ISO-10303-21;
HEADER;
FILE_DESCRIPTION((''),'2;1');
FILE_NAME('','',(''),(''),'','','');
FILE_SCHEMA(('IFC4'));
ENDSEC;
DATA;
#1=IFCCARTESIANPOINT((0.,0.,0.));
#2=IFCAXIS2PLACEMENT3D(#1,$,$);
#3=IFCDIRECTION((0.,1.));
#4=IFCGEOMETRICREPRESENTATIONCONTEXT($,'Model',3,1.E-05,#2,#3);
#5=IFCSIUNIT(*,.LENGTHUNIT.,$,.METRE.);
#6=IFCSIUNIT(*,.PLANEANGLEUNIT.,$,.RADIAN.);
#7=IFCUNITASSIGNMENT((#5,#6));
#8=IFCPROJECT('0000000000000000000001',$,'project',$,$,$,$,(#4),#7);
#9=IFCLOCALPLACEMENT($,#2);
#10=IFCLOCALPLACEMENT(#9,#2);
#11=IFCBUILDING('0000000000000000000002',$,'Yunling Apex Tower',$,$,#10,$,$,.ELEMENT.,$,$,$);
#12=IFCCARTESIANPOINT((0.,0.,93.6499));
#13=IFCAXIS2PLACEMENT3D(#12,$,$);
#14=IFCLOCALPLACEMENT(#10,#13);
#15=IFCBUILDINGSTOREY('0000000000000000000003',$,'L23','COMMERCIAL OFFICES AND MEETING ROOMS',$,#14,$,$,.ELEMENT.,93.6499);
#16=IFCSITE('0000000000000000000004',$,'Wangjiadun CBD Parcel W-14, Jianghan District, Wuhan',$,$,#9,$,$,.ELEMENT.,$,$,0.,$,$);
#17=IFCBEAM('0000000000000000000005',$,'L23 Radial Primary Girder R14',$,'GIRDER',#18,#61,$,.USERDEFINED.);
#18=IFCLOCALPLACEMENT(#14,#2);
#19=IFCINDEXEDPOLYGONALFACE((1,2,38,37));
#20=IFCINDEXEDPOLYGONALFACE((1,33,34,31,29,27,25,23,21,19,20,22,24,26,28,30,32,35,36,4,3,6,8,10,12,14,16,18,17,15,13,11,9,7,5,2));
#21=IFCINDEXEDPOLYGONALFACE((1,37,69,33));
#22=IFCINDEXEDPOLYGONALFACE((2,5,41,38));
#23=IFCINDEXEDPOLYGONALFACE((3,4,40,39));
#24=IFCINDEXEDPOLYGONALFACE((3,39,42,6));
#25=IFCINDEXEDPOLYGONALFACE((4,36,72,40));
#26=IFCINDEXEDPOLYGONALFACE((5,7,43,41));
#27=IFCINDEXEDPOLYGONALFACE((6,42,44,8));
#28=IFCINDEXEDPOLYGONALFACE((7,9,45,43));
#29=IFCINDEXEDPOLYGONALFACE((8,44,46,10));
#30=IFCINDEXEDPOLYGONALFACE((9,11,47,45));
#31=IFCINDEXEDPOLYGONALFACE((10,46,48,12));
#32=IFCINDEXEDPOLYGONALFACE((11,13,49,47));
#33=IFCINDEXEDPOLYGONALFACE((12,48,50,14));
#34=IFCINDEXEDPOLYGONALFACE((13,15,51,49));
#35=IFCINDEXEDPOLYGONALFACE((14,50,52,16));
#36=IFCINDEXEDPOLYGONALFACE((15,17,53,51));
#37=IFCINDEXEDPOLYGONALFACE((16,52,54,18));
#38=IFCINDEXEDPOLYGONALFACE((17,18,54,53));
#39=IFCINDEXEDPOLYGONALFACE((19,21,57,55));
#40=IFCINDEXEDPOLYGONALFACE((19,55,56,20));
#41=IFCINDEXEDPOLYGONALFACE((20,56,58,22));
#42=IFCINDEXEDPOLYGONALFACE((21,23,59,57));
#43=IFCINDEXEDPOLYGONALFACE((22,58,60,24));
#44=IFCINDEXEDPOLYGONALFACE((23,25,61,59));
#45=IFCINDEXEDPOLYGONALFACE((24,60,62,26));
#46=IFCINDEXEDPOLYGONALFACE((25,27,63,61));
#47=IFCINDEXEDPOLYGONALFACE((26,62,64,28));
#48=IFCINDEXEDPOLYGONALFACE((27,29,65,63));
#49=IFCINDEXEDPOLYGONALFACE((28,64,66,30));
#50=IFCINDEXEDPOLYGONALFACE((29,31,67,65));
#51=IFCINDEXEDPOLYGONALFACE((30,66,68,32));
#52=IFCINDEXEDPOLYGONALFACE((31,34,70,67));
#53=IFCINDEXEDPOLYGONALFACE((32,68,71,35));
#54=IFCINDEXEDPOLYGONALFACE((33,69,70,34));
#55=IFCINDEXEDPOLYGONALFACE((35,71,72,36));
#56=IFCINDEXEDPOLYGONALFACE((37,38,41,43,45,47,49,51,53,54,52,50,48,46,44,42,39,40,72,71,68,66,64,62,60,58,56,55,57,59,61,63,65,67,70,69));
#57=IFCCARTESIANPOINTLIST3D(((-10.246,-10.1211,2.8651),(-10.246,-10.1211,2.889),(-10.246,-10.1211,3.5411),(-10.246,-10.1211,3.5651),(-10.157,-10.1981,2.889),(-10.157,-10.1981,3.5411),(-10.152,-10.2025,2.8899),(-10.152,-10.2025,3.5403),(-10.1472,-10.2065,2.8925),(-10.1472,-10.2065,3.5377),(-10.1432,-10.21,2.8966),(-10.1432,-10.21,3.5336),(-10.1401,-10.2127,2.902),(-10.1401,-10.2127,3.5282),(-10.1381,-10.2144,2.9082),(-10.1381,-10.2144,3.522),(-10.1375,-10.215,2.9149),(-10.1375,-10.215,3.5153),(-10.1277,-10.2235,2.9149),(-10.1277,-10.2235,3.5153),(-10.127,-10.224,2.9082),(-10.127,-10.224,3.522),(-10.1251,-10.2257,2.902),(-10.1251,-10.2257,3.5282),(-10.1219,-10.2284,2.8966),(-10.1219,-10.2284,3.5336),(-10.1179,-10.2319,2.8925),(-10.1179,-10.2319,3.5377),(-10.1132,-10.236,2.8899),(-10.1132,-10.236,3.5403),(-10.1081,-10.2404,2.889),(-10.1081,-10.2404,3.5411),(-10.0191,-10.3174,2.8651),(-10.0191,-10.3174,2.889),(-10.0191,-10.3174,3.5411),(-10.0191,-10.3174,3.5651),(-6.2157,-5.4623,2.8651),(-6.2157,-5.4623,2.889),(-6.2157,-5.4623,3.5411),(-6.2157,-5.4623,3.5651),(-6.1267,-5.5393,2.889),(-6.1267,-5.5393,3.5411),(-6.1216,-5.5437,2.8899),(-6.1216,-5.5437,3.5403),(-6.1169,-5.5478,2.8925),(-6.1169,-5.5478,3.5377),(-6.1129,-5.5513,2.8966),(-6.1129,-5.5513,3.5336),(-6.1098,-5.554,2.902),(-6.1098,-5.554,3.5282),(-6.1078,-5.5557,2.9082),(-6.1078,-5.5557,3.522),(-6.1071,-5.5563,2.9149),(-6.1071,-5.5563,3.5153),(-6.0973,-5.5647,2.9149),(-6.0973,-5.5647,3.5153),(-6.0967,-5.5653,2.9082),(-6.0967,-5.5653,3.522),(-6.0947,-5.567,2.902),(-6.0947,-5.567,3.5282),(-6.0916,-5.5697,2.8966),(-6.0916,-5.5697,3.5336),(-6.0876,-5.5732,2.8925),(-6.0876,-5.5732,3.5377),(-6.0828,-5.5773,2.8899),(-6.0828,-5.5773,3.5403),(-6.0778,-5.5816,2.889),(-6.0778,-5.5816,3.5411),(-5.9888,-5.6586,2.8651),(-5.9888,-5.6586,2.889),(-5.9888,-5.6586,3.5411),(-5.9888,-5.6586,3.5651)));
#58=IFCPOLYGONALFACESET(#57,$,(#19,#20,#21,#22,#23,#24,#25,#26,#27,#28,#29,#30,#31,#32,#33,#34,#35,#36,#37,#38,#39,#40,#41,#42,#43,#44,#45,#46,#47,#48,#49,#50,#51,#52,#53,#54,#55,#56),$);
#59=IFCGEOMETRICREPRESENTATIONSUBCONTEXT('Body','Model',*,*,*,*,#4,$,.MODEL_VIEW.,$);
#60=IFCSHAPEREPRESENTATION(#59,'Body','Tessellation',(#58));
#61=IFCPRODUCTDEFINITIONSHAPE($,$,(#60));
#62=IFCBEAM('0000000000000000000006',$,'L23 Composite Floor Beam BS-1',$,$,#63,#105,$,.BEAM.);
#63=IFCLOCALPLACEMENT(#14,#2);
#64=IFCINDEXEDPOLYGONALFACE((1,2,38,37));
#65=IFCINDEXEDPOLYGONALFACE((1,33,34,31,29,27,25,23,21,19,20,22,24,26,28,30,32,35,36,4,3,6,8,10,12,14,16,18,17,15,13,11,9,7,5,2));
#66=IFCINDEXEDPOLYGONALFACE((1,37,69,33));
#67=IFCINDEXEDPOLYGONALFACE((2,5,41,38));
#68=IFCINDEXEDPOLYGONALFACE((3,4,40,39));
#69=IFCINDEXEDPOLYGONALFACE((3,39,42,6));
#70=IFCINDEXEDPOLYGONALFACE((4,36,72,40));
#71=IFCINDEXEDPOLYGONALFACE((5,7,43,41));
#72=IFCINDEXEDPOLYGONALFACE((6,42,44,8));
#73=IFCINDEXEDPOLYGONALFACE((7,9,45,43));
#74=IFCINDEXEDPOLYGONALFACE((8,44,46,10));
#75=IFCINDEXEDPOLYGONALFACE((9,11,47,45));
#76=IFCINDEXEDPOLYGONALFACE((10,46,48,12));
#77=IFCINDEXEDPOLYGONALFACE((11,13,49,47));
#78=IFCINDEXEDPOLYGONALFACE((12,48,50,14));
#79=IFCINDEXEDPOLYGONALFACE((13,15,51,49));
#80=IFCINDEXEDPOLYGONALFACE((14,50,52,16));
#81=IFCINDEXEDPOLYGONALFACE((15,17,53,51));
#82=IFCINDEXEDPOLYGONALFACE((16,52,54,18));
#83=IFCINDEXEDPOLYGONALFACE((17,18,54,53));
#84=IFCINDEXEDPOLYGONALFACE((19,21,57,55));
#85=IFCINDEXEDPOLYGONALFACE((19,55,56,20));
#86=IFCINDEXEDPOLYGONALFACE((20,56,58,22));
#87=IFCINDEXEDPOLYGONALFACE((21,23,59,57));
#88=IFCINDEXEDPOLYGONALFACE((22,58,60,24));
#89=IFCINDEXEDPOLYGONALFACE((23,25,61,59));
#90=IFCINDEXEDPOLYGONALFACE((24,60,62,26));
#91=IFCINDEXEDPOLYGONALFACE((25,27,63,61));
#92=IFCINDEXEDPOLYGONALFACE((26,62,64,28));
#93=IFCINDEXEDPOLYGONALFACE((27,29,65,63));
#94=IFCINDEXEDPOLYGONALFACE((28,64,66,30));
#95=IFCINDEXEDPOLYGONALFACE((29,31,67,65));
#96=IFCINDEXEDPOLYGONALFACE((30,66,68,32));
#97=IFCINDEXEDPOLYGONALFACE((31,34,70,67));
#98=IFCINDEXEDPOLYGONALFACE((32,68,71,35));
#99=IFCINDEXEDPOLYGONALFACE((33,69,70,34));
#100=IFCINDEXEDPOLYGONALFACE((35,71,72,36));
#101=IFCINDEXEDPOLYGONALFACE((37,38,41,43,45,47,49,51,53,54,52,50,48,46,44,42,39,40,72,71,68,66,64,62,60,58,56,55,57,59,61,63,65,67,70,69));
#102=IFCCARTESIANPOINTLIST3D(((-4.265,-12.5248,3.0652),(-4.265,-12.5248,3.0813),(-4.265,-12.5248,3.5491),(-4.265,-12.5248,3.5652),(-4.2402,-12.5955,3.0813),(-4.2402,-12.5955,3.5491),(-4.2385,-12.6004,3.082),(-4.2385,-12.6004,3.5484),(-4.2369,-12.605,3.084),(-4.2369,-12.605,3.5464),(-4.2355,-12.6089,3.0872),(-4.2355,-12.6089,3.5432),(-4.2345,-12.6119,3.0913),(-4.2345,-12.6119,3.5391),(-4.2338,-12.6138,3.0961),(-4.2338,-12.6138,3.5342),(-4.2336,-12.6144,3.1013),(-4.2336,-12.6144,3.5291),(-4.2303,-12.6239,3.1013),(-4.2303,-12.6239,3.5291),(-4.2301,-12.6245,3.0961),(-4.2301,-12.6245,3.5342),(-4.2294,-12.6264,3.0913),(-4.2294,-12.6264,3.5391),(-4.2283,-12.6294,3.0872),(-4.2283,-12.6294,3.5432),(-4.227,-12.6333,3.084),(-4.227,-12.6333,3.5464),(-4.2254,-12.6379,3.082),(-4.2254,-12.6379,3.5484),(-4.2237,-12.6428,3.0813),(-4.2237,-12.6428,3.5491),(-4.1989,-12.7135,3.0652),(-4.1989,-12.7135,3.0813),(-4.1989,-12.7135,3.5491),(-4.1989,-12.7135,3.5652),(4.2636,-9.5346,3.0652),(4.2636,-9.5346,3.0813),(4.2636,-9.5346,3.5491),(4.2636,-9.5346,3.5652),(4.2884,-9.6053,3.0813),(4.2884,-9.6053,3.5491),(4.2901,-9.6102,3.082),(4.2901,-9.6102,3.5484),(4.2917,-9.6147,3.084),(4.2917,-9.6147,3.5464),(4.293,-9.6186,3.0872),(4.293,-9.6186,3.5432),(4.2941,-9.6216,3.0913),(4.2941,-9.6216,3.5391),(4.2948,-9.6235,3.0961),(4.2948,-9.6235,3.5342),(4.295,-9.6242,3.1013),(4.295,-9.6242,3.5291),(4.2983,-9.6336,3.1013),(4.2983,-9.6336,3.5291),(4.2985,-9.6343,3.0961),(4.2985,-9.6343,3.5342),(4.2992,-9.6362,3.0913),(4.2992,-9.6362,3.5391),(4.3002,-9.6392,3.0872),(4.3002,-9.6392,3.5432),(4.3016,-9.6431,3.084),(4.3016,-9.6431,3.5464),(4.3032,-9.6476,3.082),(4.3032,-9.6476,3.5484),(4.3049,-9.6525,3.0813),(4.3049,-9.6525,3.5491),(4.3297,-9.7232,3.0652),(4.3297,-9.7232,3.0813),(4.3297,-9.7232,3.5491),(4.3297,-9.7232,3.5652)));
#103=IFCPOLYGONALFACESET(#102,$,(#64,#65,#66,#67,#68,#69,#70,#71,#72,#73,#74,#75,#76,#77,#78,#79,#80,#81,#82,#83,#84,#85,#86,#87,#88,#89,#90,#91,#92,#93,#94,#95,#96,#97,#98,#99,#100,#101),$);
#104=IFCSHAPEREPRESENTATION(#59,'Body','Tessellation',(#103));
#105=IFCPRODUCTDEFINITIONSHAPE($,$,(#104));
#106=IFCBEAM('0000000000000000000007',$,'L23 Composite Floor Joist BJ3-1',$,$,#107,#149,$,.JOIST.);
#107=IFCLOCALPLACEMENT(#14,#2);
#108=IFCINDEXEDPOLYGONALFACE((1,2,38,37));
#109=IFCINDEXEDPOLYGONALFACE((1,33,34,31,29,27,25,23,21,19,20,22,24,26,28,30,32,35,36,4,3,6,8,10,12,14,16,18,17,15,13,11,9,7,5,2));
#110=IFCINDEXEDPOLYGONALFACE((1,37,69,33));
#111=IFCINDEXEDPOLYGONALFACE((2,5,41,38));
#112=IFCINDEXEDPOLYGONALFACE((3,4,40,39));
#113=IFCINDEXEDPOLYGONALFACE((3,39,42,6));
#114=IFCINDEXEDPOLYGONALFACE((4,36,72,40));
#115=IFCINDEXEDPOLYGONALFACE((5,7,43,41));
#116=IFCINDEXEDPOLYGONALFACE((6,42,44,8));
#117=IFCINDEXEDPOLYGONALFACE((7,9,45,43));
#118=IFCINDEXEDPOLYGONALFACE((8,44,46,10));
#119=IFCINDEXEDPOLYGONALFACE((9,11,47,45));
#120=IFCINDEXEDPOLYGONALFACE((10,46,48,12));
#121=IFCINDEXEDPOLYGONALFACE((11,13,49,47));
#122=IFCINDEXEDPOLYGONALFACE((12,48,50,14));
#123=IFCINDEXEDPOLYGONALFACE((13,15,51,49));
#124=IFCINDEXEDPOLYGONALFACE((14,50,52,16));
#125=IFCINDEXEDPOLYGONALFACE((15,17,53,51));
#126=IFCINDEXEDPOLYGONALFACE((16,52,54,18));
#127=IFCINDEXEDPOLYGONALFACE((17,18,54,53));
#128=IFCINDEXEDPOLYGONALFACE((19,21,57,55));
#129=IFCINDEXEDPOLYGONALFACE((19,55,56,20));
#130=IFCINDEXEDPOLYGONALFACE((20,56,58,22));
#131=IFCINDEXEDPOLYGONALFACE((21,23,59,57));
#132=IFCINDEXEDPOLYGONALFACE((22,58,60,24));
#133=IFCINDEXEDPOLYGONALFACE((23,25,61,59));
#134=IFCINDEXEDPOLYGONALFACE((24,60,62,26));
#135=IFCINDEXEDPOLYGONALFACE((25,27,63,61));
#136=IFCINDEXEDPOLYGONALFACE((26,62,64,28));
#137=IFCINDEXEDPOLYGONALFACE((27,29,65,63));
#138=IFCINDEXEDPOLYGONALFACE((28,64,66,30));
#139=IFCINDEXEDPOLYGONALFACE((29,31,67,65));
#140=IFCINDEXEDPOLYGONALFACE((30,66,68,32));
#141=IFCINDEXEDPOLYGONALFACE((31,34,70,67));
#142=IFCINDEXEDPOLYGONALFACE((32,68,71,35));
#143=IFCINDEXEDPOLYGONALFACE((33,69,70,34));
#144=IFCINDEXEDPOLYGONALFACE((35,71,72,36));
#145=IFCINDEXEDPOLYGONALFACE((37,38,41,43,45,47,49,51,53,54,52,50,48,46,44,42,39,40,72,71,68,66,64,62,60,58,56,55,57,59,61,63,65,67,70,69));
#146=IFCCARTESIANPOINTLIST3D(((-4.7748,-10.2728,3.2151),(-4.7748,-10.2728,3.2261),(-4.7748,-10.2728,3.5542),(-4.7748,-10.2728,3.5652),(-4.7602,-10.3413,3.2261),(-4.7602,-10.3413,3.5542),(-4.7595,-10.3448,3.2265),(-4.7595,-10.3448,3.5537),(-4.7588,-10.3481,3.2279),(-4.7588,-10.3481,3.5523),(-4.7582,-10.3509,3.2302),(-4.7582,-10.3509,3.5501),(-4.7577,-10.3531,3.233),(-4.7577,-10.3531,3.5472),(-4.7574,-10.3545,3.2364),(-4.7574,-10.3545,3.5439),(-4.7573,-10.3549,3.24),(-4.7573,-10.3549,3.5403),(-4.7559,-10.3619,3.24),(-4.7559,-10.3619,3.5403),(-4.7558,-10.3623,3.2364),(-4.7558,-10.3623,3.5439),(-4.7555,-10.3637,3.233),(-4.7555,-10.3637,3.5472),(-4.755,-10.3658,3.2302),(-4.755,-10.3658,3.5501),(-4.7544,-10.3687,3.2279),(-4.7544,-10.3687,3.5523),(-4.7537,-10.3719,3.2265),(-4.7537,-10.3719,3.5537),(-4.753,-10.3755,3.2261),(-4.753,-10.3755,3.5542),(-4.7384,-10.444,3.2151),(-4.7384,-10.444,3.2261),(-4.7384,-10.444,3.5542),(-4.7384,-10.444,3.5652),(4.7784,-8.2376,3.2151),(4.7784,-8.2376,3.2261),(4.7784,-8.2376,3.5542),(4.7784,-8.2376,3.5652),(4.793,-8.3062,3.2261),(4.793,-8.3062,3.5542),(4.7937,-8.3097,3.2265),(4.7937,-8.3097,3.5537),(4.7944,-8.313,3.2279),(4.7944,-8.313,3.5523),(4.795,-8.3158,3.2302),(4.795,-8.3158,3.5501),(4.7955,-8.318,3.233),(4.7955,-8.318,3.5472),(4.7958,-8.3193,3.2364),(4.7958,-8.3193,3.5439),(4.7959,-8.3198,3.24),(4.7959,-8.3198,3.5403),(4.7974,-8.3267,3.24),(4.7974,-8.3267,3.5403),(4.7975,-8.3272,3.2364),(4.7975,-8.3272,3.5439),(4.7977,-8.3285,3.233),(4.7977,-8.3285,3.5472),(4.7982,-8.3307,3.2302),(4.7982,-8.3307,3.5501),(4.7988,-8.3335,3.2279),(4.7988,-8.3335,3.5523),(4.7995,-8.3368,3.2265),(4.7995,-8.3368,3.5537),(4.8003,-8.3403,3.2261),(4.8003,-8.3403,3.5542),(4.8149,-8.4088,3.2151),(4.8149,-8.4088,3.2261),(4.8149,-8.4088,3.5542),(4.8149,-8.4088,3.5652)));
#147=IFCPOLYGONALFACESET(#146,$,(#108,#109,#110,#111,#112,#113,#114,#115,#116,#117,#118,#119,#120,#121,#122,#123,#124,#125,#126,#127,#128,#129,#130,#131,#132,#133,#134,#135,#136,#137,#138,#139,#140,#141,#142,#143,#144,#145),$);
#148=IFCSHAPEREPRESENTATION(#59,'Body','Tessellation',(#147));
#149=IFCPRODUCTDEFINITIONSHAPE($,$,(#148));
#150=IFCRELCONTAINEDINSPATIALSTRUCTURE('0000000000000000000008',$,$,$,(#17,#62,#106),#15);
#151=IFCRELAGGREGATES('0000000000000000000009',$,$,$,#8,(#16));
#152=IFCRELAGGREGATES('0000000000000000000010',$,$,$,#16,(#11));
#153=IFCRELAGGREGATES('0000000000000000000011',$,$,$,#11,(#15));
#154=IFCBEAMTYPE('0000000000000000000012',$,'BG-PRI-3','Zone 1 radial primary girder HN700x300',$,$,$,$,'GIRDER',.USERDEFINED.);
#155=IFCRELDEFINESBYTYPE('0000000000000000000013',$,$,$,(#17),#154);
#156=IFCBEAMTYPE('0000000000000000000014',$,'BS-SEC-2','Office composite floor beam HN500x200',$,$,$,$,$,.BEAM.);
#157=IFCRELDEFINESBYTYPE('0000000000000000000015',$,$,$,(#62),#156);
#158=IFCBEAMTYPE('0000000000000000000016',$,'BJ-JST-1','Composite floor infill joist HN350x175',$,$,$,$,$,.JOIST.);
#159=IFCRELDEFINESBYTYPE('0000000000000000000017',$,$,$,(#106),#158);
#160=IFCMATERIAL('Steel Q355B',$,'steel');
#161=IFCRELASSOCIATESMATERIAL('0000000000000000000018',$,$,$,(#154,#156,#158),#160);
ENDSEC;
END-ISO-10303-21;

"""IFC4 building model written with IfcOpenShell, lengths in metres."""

from ifc_helpers import new_model, si_unit, direction, frame, origin, origin_2d, place, context, subcontext, project, spatial, i_section, extrude, source, transform, mapped, material, material_profile, profile_set, type_object, element, save


model = new_model("IFC4")

# Units and contexts
model_context = context("Model", 3, precision=1e-05, world=origin(), true_north=direction((0.0, 1.0)))
body_context = subcontext(model_context, "Body", "Model", "MODEL_VIEW")
ifc_project = project(units=[si_unit("LENGTHUNIT", "METRE"), si_unit("PLANEANGLEUNIT", "RADIAN")], contexts=[model_context])

# Site, building, storey
site_placement = place(None, origin())
site = spatial("IfcSite", under=ifc_project, at=site_placement, Name="Wangjiadun CBD Parcel W-14, Jianghan District, Wuhan", CompositionType="ELEMENT", RefElevation=0.0)
building_placement = place(site_placement, origin())
building = spatial("IfcBuilding", under=site, at=building_placement, Name="Yunling Apex Tower", CompositionType="ELEMENT")
storey_placement = place(building_placement, frame((0.0, 0.0, 93.6499)))
storey = spatial("IfcBuildingStorey", under=building, at=storey_placement, Name="L23", Description="COMMERCIAL OFFICES AND MEETING ROOMS", CompositionType="ELEMENT", Elevation=93.6499)

# Beams
ifc_material_1 = material(Name="Steel Q355B", Category="steel")
ifc_material_profile_1 = material_profile(ifc_material_1, i_section(OverallWidth=0.3, OverallDepth=0.7, WebThickness=0.0129, FlangeThickness=0.0239, FilletRadius=0.0259, at=origin_2d()))
ifc_profile_set_1 = profile_set([ifc_material_profile_1], Name="Steel Q355B")
beam_type_1 = type_object("IfcBeamType", Name="BG-PRI-3", Description="Zone 1 radial primary girder HN700x300", ElementType="GIRDER", PredefinedType="USERDEFINED", material=ifc_profile_set_1)
shared_shape_1 = source(origin(), body_context, "Body", "SweptSolid", [
    extrude(i_section(OverallWidth=0.3, OverallDepth=0.7, WebThickness=0.0129, FlangeThickness=0.0239, FilletRadius=0.0259, at=origin_2d()), origin(), (0.0, 0.0, 1.0), 6.1602),
])
beam_1_placement = place(storey_placement, frame((-10.1326, -10.2192, 3.2151), z_axis=(0.654257, 0.756272, 0.0), x_axis=(-0.756272, 0.654257, 0.0)))
element("IfcBeam", 1, at=beam_1_placement, inside=storey, type_object=beam_type_1, Name="L23 Radial Primary Girder R14", ObjectType="GIRDER", PredefinedType="USERDEFINED", context=body_context, shape_type="MappedRepresentation", body=[
    mapped(shared_shape_1, transform((0.0, 0.0, 0.0), scale=1.0)),
])
ifc_material_profile_2 = material_profile(ifc_material_1, i_section(OverallWidth=0.2, OverallDepth=0.5, WebThickness=0.01, FlangeThickness=0.0161, FilletRadius=0.02, at=origin_2d()))
ifc_profile_set_2 = profile_set([ifc_material_profile_2], Name="Steel Q355B")
beam_type_2 = type_object("IfcBeamType", Name="BS-SEC-2", Description="Office composite floor beam HN500x200", PredefinedType="BEAM", material=ifc_profile_set_2)
shared_shape_2 = source(origin(), body_context, "Body", "SweptSolid", [
    extrude(i_section(OverallWidth=0.2, OverallDepth=0.5, WebThickness=0.01, FlangeThickness=0.0161, FilletRadius=0.02, at=origin_2d()), origin(), (0.0, 0.0, 1.0), 9.0376),
])
beam_2_placement = place(storey_placement, frame((-4.2319, -12.6191, 3.3152), z_axis=(0.943678, 0.330867, 0.0), x_axis=(-0.330867, 0.943678, 0.0)))
element("IfcBeam", 2, at=beam_2_placement, inside=storey, type_object=beam_type_2, Name="L23 Composite Floor Beam BS-1", PredefinedType="BEAM", context=body_context, shape_type="MappedRepresentation", body=[
    mapped(shared_shape_2, transform((0.0, 0.0, 0.0), scale=1.0)),
])
ifc_material_profile_3 = material_profile(ifc_material_1, i_section(OverallWidth=0.175, OverallDepth=0.3501, WebThickness=0.0071, FlangeThickness=0.011, FilletRadius=0.0139, at=origin_2d()))
ifc_profile_set_3 = profile_set([ifc_material_profile_3], Name="Steel Q355B")
beam_type_3 = type_object("IfcBeamType", Name="BJ-JST-1", Description="Composite floor infill joist HN350x175", PredefinedType="JOIST", material=ifc_profile_set_3)
shared_shape_3 = source(origin(), body_context, "Body", "SweptSolid", [
    extrude(i_section(OverallWidth=0.175, OverallDepth=0.3501, WebThickness=0.0071, FlangeThickness=0.011, FilletRadius=0.0139, at=origin_2d()), origin(), (0.0, 0.0, 1.0), 9.7676),
])
beam_3_placement = place(storey_placement, frame((-4.7566, -10.3584, 3.3901), z_axis=(0.978053, 0.208358, 0.0), x_axis=(-0.208358, 0.978053, 0.0)))
element("IfcBeam", 3, at=beam_3_placement, inside=storey, type_object=beam_type_3, Name="L23 Composite Floor Joist BJ3-1", PredefinedType="JOIST", context=body_context, shape_type="MappedRepresentation", body=[
    mapped(shared_shape_3, transform((0.0, 0.0, 0.0), scale=1.0)),
])

save(model, "model.ifc")
